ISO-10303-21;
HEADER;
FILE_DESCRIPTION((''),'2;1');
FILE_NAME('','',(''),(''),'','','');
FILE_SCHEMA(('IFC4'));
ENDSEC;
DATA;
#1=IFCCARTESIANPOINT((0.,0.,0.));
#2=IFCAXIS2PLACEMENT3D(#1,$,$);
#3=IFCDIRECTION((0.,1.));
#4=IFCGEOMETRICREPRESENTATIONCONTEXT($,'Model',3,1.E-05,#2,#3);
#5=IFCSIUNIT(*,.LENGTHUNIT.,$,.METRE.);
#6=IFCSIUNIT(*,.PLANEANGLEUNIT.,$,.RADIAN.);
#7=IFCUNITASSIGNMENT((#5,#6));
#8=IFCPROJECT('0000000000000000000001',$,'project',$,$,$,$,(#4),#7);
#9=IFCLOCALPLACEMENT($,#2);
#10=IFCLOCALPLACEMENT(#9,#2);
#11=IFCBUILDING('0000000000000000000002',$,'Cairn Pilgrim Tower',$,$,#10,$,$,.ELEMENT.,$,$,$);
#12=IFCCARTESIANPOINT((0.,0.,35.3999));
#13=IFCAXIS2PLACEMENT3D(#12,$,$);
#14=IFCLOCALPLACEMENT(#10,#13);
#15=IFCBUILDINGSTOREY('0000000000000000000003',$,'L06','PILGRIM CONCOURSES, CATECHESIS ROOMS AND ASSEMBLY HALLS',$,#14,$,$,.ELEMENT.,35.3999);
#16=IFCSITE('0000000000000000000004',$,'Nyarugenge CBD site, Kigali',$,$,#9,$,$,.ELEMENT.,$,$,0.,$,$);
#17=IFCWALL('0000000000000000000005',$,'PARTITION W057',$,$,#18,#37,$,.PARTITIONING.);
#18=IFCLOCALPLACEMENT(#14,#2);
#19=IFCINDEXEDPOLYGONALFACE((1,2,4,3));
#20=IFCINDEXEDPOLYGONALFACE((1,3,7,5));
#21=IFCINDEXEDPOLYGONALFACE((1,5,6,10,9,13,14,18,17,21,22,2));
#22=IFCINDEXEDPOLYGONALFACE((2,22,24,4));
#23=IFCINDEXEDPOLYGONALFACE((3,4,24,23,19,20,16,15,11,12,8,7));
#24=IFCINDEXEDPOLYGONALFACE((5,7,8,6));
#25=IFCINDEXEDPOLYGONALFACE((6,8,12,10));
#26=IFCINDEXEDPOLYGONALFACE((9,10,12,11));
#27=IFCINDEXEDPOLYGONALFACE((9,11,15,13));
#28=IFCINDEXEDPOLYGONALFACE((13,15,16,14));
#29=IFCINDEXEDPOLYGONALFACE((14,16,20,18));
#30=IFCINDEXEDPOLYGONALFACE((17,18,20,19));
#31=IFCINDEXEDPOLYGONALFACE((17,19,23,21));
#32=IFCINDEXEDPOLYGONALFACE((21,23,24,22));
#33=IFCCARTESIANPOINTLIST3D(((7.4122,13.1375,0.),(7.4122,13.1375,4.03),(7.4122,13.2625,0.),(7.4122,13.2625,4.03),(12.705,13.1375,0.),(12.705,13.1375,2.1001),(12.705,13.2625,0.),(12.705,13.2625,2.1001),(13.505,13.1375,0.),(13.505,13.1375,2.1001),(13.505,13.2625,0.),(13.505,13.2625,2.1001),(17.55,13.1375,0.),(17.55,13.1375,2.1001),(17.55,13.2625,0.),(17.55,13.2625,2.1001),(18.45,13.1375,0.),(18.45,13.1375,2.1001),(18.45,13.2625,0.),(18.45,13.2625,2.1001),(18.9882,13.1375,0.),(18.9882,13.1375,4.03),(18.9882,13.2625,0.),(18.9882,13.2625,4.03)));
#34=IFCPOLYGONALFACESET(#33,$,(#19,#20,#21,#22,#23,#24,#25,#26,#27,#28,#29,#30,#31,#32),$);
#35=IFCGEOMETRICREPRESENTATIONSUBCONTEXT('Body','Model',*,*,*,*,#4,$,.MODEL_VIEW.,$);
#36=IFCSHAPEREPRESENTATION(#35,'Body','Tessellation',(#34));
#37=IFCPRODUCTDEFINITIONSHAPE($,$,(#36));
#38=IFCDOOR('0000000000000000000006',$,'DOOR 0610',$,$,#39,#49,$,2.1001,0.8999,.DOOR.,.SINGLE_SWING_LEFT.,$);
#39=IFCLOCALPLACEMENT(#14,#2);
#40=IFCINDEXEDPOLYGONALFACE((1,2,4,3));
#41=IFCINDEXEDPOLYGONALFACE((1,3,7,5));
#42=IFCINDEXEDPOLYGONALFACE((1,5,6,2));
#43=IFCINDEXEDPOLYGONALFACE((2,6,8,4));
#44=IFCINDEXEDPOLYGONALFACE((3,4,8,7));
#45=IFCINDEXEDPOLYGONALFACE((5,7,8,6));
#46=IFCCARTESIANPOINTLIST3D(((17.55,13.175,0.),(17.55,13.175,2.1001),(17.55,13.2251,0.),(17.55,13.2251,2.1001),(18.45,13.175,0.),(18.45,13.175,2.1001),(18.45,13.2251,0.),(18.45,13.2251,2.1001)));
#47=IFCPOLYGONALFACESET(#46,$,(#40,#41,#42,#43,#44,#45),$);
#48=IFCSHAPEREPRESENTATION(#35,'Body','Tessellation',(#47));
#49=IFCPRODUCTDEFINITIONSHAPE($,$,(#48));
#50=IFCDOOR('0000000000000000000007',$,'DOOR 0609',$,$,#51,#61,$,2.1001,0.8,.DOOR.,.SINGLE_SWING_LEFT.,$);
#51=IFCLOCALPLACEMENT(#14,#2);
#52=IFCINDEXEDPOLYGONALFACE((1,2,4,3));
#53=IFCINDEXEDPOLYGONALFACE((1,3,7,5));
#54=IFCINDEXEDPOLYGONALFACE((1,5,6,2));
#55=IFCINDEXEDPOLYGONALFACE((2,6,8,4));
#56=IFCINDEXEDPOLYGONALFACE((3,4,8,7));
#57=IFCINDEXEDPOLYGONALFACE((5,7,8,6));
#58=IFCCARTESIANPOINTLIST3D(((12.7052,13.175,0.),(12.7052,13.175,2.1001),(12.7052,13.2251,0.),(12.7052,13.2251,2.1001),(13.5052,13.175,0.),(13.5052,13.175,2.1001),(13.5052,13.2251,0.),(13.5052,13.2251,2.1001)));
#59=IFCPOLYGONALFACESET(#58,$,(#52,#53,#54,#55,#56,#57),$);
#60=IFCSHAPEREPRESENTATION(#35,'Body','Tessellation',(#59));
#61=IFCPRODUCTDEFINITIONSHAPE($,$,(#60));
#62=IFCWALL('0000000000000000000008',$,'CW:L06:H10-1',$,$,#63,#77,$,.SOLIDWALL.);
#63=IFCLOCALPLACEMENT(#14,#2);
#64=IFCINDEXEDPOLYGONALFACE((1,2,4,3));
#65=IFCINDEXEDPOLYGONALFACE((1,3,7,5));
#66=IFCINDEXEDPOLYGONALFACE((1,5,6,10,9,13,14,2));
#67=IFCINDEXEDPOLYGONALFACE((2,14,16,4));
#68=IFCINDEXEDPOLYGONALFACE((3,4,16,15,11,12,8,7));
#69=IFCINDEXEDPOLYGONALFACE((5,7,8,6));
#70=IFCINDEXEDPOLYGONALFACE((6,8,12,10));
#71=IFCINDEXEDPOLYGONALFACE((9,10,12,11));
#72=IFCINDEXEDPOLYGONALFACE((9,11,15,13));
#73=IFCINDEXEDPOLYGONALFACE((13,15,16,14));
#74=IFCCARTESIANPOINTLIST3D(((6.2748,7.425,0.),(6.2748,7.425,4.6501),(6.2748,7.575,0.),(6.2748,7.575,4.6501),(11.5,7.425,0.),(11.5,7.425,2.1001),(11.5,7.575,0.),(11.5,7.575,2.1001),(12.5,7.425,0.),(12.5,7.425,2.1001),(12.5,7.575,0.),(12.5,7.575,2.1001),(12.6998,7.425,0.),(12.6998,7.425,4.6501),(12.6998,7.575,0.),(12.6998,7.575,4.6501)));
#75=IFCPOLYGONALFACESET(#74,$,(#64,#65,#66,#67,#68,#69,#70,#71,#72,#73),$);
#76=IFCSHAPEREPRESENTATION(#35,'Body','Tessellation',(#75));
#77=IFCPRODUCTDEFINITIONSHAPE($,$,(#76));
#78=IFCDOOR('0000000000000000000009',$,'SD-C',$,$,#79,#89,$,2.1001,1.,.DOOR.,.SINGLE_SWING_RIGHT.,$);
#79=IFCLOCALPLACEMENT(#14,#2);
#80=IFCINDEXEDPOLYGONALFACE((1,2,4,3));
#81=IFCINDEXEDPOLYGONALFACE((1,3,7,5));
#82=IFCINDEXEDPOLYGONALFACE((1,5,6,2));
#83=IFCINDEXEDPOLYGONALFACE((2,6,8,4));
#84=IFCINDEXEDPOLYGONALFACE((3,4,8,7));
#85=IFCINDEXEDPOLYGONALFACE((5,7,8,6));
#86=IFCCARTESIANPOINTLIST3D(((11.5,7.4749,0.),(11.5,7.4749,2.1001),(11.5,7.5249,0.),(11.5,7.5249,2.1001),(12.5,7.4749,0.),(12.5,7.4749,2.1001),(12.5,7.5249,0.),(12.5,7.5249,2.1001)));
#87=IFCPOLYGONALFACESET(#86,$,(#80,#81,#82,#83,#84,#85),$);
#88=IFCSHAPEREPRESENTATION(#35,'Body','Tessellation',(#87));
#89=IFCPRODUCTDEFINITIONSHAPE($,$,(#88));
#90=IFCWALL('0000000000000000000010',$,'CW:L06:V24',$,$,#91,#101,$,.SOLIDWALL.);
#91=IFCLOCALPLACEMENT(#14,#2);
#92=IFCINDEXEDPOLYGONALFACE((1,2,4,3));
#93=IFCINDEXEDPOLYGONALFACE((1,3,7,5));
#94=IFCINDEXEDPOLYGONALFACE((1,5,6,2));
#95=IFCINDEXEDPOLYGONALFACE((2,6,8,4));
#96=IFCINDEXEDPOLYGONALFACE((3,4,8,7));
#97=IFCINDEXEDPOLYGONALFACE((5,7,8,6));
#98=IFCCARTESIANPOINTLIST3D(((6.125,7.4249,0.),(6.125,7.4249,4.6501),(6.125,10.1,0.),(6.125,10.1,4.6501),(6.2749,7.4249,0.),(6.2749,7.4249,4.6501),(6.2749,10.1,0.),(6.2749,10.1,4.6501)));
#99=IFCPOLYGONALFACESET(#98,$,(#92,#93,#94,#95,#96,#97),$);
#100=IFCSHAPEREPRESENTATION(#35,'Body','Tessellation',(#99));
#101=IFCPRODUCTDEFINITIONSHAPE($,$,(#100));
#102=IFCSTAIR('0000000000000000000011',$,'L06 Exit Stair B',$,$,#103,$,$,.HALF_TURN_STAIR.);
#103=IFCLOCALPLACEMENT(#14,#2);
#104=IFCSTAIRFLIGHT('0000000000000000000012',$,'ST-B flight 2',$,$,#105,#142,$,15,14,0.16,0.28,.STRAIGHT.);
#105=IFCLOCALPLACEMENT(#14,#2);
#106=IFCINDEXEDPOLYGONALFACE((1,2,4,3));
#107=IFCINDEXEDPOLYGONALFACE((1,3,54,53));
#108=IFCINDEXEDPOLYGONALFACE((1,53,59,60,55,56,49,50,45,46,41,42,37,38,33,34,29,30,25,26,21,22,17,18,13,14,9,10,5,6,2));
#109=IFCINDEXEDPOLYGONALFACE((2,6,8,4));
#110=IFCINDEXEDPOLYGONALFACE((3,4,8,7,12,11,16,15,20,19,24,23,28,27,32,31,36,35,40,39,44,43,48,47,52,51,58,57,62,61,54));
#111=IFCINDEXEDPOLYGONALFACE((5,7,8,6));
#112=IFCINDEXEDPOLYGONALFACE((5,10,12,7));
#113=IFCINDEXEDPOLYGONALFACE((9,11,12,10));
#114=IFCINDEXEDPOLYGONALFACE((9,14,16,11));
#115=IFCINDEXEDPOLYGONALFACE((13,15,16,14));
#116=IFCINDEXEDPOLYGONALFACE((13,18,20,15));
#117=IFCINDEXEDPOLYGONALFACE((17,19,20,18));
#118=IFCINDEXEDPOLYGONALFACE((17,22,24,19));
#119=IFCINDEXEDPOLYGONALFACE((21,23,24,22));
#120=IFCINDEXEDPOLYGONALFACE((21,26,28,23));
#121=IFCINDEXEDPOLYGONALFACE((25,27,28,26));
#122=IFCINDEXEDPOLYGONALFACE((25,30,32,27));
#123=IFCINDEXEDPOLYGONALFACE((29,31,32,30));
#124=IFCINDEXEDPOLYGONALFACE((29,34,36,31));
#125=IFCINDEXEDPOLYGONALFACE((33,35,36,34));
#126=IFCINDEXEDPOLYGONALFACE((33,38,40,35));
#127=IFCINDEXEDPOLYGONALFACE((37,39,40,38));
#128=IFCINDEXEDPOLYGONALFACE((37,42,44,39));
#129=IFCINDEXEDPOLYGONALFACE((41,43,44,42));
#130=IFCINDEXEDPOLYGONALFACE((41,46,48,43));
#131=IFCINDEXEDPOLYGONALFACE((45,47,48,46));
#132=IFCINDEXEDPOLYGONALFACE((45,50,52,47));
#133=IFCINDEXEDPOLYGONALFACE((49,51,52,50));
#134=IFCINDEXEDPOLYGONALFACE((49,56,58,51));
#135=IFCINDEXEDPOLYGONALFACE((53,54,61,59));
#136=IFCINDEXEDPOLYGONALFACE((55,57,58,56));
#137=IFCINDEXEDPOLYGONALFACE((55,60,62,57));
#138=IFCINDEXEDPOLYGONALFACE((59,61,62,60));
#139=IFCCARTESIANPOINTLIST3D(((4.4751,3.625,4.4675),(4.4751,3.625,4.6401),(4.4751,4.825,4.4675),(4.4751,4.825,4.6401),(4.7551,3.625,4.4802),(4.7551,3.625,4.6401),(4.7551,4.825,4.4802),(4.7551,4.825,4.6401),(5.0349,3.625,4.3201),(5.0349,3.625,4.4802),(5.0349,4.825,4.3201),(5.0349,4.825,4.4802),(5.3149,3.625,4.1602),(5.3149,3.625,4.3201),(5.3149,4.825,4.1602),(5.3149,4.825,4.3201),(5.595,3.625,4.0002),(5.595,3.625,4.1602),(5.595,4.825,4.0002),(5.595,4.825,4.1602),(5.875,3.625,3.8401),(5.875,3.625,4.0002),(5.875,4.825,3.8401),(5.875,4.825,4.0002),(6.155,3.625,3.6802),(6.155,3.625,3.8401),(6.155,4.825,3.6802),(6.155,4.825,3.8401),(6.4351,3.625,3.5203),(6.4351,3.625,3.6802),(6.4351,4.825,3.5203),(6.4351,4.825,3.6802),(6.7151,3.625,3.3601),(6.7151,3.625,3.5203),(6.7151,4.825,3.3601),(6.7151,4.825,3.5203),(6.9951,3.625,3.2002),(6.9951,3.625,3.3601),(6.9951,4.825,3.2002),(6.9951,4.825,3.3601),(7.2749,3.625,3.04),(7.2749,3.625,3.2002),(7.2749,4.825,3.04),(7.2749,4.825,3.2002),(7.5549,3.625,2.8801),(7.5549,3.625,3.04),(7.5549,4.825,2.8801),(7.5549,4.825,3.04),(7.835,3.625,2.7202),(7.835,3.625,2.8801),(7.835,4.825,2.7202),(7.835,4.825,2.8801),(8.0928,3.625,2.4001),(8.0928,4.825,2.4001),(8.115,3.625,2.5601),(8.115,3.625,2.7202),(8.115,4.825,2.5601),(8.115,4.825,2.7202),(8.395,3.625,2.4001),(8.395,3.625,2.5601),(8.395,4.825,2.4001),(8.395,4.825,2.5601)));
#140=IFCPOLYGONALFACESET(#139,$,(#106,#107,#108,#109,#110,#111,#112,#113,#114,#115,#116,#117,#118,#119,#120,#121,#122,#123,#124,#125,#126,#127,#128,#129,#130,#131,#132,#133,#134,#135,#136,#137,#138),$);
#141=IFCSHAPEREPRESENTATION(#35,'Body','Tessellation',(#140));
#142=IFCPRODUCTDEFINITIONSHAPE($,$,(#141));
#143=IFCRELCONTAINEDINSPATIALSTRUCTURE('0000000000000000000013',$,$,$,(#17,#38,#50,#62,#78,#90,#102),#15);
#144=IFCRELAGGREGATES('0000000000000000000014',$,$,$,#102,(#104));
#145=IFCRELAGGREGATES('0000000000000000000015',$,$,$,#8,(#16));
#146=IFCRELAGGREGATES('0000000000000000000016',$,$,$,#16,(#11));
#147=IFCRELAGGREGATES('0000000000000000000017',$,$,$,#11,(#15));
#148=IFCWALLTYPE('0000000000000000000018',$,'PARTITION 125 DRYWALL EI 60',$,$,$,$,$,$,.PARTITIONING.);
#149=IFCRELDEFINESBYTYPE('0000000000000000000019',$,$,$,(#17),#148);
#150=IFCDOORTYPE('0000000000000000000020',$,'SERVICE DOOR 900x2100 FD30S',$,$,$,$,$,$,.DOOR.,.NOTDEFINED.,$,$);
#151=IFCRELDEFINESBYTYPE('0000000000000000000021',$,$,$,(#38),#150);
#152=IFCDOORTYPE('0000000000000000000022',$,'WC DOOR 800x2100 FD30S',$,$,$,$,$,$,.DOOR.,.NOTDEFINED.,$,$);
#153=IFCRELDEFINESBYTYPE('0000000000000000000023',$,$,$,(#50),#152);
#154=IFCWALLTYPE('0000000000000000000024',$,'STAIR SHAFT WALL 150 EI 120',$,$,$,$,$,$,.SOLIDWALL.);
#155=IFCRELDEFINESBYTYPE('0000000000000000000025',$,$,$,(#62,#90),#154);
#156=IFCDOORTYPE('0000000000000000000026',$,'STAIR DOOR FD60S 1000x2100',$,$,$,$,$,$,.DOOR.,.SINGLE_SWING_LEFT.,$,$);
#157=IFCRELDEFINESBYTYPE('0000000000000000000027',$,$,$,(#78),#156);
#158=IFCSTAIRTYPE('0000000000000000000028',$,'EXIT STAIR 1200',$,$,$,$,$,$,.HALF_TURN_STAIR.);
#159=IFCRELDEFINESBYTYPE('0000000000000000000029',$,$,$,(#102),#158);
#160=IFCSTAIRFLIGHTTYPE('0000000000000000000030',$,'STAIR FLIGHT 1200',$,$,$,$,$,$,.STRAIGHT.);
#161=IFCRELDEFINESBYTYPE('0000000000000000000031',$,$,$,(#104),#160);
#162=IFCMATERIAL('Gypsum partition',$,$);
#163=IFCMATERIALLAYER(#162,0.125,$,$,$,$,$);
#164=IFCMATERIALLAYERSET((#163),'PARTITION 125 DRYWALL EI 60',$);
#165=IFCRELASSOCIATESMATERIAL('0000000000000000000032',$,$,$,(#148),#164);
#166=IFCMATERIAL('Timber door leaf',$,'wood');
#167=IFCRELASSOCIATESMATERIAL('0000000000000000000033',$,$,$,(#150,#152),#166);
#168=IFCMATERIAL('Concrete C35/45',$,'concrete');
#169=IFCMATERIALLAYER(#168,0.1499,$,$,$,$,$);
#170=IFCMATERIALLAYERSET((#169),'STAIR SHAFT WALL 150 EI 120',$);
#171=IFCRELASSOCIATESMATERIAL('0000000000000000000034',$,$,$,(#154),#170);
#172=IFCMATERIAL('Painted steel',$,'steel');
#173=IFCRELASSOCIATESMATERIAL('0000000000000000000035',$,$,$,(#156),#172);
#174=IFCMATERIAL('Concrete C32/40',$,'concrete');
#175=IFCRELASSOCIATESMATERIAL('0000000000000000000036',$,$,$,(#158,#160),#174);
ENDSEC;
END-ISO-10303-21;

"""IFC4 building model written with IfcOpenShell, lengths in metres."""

from ifc_helpers import new_model, si_unit, direction, frame, frame_2d, origin, place, context, subcontext, project, spatial, polyline, rectangle, outline, extrude, material, layer, layer_set, type_object, element, fill, aggregate, save


model = new_model("IFC4")

# Units and contexts
model_context = context("Model", 3, precision=1e-05, world=origin(), true_north=direction((0.0, 1.0)))
body_context = subcontext(model_context, "Body", "Model", "MODEL_VIEW")
ifc_project = project(units=[si_unit("LENGTHUNIT", "METRE"), si_unit("PLANEANGLEUNIT", "RADIAN")], contexts=[model_context])

# Site, building, storey
site_placement = place(None, origin())
site = spatial("IfcSite", under=ifc_project, at=site_placement, Name="Nyarugenge CBD site, Kigali", CompositionType="ELEMENT", RefElevation=0.0)
building_placement = place(site_placement, origin())
building = spatial("IfcBuilding", under=site, at=building_placement, Name="Cairn Pilgrim Tower", CompositionType="ELEMENT")
storey_placement = place(building_placement, frame((0.0, 0.0, 35.3999)))
storey = spatial("IfcBuildingStorey", under=building, at=storey_placement, Name="L06", Description="PILGRIM CONCOURSES, CATECHESIS ROOMS AND ASSEMBLY HALLS", CompositionType="ELEMENT", Elevation=35.3999)

# Shared definitions
ifc_material_1 = material(Name="Concrete C32/40", Category="concrete")
ifc_material_2 = material(Name="Painted steel", Category="steel")

# Wall, openings, doors
ifc_material_3 = material(Name="Gypsum partition")
ifc_layer_1 = layer(ifc_material_3, 0.125)
ifc_layer_set_1 = layer_set([ifc_layer_1], Name="PARTITION 125 DRYWALL EI 60")
wall_type_1 = type_object("IfcWallType", Name="PARTITION 125 DRYWALL EI 60", PredefinedType="PARTITIONING", material=ifc_layer_set_1)
wall_1_placement = place(storey_placement, frame((7.4121, 13.2, 0.0), z_axis=(0.0, 0.0, 1.0), x_axis=(1.0, 0.0, 0.0)))
wall_1 = element("IfcWall", 1, at=wall_1_placement, inside=storey, type_object=wall_type_1, Name="PARTITION W057", PredefinedType="PARTITIONING", context=body_context, shape_type="SweptSolid", body=[
    extrude(rectangle(XDim=11.5759, YDim=0.125, at=frame_2d((5.7881, 0.0))), origin(), (0.0, 0.0, 1.0), 4.03),
])
opening_1_placement = place(wall_1_placement, frame((5.293, 0.0, 0.0)))
opening_1 = element("IfcOpeningElement", 2, at=opening_1_placement, cuts=wall_1, PredefinedType="OPENING", context=body_context, shape_type="SweptSolid", body=[
    extrude(rectangle(XDim=0.8, YDim=2.1001, at=frame_2d((0.3999, 1.05))), frame((0.0, 0.0725, 0.0), z_axis=(0.0, -1.0, 0.0), x_axis=(1.0, 0.0, 0.0)), (0.0, 0.0, 1.0), 0.145),
])
opening_2_placement = place(wall_1_placement, frame((10.1379, 0.0, 0.0)))
opening_2 = element("IfcOpeningElement", 3, at=opening_2_placement, cuts=wall_1, PredefinedType="OPENING", context=body_context, shape_type="SweptSolid", body=[
    extrude(rectangle(XDim=0.8999, YDim=2.1001, at=frame_2d((0.45, 1.05))), frame((0.0, 0.0725, 0.0), z_axis=(0.0, -1.0, 0.0), x_axis=(1.0, 0.0, 0.0)), (0.0, 0.0, 1.0), 0.145),
])
ifc_material_4 = material(Name="Timber door leaf", Category="wood")
door_type_1 = type_object("IfcDoorType", Name="SERVICE DOOR 900x2100 FD30S", OperationType="NOTDEFINED", PredefinedType="DOOR", material=ifc_material_4)
door_1_placement = place(opening_2_placement, frame((0.8999, 0.0, 0.0), z_axis=(0.0, 0.0, 1.0), x_axis=(-1.0, 0.0, 0.0)))
door_1 = element("IfcDoor", 4, at=door_1_placement, inside=storey, type_object=door_type_1, Name="DOOR 0610", OperationType="SINGLE_SWING_LEFT", OverallHeight=2.1001, OverallWidth=0.8999, PredefinedType="DOOR", context=body_context, shape_type="SweptSolid", body=[
    extrude(rectangle(XDim=0.8999, YDim=2.1001, at=frame_2d((0.45, 1.05))), frame((0.0, 0.0249, 0.0), z_axis=(0.0, -1.0, 0.0), x_axis=(1.0, 0.0, 0.0)), (0.0, 0.0, 1.0), 0.05),
])
fill(opening_2, door_1)
door_type_2 = type_object("IfcDoorType", Name="WC DOOR 800x2100 FD30S", OperationType="NOTDEFINED", PredefinedType="DOOR", material=ifc_material_4)
door_2_placement = place(opening_1_placement, frame((0.8, 0.0, 0.0), z_axis=(0.0, 0.0, 1.0), x_axis=(-1.0, 0.0, 0.0)))
door_2 = element("IfcDoor", 5, at=door_2_placement, inside=storey, type_object=door_type_2, Name="DOOR 0609", OperationType="SINGLE_SWING_LEFT", OverallHeight=2.1001, OverallWidth=0.8, PredefinedType="DOOR", context=body_context, shape_type="SweptSolid", body=[
    extrude(rectangle(XDim=0.8, YDim=2.1001, at=frame_2d((0.3999, 1.05))), frame((0.0, 0.0249, 0.0), z_axis=(0.0, -1.0, 0.0), x_axis=(1.0, 0.0, 0.0)), (0.0, 0.0, 1.0), 0.05),
])
fill(opening_1, door_2)

# Wall, opening, door
ifc_material_5 = material(Name="Concrete C35/45", Category="concrete")
ifc_layer_2 = layer(ifc_material_5, 0.1499)
ifc_layer_set_2 = layer_set([ifc_layer_2], Name="STAIR SHAFT WALL 150 EI 120")
wall_type_2 = type_object("IfcWallType", Name="STAIR SHAFT WALL 150 EI 120", PredefinedType="SOLIDWALL", material=ifc_layer_set_2)
wall_2_placement = place(storey_placement, frame((6.2749, 7.5, 0.0), z_axis=(0.0, 0.0, 1.0), x_axis=(1.0, 0.0, 0.0)))
wall_2 = element("IfcWall", 6, at=wall_2_placement, inside=storey, type_object=wall_type_2, Name="CW:L06:H10-1", PredefinedType="SOLIDWALL", context=body_context, shape_type="SweptSolid", body=[
    extrude(rectangle(XDim=6.425, YDim=0.1499, at=frame_2d((3.2124, 0.0))), origin(), (0.0, 0.0, 1.0), 4.6501),
])
opening_3_placement = place(wall_2_placement, frame((5.2251, 0.0, 0.0)))
opening_3 = element("IfcOpeningElement", 7, at=opening_3_placement, cuts=wall_2, PredefinedType="OPENING", context=body_context, shape_type="SweptSolid", body=[
    extrude(rectangle(XDim=1.0, YDim=2.1001, at=frame_2d((0.5, 1.05))), frame((0.0, 0.085, 0.0), z_axis=(0.0, -1.0, 0.0), x_axis=(1.0, 0.0, 0.0)), (0.0, 0.0, 1.0), 0.1699),
])
door_type_3 = type_object("IfcDoorType", Name="STAIR DOOR FD60S 1000x2100", OperationType="SINGLE_SWING_LEFT", PredefinedType="DOOR", material=ifc_material_2)
door_3_placement = place(opening_3_placement, origin())
door_3 = element("IfcDoor", 8, at=door_3_placement, inside=storey, type_object=door_type_3, Name="SD-C", OperationType="SINGLE_SWING_RIGHT", OverallHeight=2.1001, OverallWidth=1.0, PredefinedType="DOOR", context=body_context, shape_type="SweptSolid", body=[
    extrude(rectangle(XDim=1.0, YDim=2.1001, at=frame_2d((0.5, 1.05))), frame((0.0, 0.0249, 0.0), z_axis=(0.0, -1.0, 0.0), x_axis=(1.0, 0.0, 0.0)), (0.0, 0.0, 1.0), 0.05),
])
fill(opening_3, door_3)

# Wall
wall_3_placement = place(storey_placement, frame((6.2, 7.425, 0.0), z_axis=(0.0, 0.0, 1.0), x_axis=(0.0, 1.0, 0.0)))
element("IfcWall", 9, at=wall_3_placement, inside=storey, type_object=wall_type_2, Name="CW:L06:V24", PredefinedType="SOLIDWALL", context=body_context, shape_type="SweptSolid", body=[
    extrude(rectangle(XDim=2.675, YDim=0.1499, at=frame_2d((1.3374, 0.0))), origin(), (0.0, 0.0, 1.0), 4.6501),
])

# Stair, stair flight
stair_type = type_object("IfcStairType", Name="EXIT STAIR 1200", PredefinedType="HALF_TURN_STAIR", material=ifc_material_1)
stair_1_placement = place(storey_placement, origin())
stair_1 = element("IfcStair", 10, at=stair_1_placement, inside=storey, type_object=stair_type, Name="L06 Exit Stair B", PredefinedType="HALF_TURN_STAIR")
stair_flight_type = type_object("IfcStairFlightType", Name="STAIR FLIGHT 1200", PredefinedType="STRAIGHT", material=ifc_material_1)
stair_flight_1_placement = place(storey_placement, frame((8.395, 4.2251, 2.4001), z_axis=(0.0, 0.0, 1.0), x_axis=(-1.0, 0.0, 0.0)))
stair_flight_1 = element("IfcStairFlight", 11, at=stair_flight_1_placement, type_object=stair_flight_type, Name="ST-B flight 2", NumberOfRisers=15, NumberOfTreads=14, PredefinedType="STRAIGHT", RiserHeight=0.16, TreadLength=0.28, context=body_context, shape_type="SweptSolid", body=[
    extrude(outline(polyline([(0.0, 0.0), (0.0, 0.1599), (0.28, 0.1599), (0.28, 0.3201), (0.5601, 0.3201), (0.5601, 0.48), (0.8401, 0.48), (0.8401, 0.6399), (1.1201, 0.6399), (1.1201, 0.8), (1.3999, 0.8), (1.3999, 0.96), (1.6799, 0.96), (1.6799, 1.1201), (1.96, 1.1201), (1.96, 1.28), (2.24, 1.28), (2.24, 1.4399), (2.52, 1.4399), (2.52, 1.6001), (2.8, 1.6001), (2.8, 1.76), (3.0801, 1.76), (3.0801, 1.9199), (3.3601, 1.9199), (3.3601, 2.0801), (3.6399, 2.0801), (3.6399, 2.24), (3.9199, 2.24), (3.9199, 2.3999), (3.9199, 2.0674), (0.3022, 0.0), (0.0, 0.0)])), frame((0.0, 0.6001, 0.0), z_axis=(0.0, -1.0, 0.0), x_axis=(1.0, 0.0, 0.0)), (0.0, 0.0, 1.0), 1.2),
])
aggregate(stair_1, [stair_flight_1])

save(model, "model.ifc")
